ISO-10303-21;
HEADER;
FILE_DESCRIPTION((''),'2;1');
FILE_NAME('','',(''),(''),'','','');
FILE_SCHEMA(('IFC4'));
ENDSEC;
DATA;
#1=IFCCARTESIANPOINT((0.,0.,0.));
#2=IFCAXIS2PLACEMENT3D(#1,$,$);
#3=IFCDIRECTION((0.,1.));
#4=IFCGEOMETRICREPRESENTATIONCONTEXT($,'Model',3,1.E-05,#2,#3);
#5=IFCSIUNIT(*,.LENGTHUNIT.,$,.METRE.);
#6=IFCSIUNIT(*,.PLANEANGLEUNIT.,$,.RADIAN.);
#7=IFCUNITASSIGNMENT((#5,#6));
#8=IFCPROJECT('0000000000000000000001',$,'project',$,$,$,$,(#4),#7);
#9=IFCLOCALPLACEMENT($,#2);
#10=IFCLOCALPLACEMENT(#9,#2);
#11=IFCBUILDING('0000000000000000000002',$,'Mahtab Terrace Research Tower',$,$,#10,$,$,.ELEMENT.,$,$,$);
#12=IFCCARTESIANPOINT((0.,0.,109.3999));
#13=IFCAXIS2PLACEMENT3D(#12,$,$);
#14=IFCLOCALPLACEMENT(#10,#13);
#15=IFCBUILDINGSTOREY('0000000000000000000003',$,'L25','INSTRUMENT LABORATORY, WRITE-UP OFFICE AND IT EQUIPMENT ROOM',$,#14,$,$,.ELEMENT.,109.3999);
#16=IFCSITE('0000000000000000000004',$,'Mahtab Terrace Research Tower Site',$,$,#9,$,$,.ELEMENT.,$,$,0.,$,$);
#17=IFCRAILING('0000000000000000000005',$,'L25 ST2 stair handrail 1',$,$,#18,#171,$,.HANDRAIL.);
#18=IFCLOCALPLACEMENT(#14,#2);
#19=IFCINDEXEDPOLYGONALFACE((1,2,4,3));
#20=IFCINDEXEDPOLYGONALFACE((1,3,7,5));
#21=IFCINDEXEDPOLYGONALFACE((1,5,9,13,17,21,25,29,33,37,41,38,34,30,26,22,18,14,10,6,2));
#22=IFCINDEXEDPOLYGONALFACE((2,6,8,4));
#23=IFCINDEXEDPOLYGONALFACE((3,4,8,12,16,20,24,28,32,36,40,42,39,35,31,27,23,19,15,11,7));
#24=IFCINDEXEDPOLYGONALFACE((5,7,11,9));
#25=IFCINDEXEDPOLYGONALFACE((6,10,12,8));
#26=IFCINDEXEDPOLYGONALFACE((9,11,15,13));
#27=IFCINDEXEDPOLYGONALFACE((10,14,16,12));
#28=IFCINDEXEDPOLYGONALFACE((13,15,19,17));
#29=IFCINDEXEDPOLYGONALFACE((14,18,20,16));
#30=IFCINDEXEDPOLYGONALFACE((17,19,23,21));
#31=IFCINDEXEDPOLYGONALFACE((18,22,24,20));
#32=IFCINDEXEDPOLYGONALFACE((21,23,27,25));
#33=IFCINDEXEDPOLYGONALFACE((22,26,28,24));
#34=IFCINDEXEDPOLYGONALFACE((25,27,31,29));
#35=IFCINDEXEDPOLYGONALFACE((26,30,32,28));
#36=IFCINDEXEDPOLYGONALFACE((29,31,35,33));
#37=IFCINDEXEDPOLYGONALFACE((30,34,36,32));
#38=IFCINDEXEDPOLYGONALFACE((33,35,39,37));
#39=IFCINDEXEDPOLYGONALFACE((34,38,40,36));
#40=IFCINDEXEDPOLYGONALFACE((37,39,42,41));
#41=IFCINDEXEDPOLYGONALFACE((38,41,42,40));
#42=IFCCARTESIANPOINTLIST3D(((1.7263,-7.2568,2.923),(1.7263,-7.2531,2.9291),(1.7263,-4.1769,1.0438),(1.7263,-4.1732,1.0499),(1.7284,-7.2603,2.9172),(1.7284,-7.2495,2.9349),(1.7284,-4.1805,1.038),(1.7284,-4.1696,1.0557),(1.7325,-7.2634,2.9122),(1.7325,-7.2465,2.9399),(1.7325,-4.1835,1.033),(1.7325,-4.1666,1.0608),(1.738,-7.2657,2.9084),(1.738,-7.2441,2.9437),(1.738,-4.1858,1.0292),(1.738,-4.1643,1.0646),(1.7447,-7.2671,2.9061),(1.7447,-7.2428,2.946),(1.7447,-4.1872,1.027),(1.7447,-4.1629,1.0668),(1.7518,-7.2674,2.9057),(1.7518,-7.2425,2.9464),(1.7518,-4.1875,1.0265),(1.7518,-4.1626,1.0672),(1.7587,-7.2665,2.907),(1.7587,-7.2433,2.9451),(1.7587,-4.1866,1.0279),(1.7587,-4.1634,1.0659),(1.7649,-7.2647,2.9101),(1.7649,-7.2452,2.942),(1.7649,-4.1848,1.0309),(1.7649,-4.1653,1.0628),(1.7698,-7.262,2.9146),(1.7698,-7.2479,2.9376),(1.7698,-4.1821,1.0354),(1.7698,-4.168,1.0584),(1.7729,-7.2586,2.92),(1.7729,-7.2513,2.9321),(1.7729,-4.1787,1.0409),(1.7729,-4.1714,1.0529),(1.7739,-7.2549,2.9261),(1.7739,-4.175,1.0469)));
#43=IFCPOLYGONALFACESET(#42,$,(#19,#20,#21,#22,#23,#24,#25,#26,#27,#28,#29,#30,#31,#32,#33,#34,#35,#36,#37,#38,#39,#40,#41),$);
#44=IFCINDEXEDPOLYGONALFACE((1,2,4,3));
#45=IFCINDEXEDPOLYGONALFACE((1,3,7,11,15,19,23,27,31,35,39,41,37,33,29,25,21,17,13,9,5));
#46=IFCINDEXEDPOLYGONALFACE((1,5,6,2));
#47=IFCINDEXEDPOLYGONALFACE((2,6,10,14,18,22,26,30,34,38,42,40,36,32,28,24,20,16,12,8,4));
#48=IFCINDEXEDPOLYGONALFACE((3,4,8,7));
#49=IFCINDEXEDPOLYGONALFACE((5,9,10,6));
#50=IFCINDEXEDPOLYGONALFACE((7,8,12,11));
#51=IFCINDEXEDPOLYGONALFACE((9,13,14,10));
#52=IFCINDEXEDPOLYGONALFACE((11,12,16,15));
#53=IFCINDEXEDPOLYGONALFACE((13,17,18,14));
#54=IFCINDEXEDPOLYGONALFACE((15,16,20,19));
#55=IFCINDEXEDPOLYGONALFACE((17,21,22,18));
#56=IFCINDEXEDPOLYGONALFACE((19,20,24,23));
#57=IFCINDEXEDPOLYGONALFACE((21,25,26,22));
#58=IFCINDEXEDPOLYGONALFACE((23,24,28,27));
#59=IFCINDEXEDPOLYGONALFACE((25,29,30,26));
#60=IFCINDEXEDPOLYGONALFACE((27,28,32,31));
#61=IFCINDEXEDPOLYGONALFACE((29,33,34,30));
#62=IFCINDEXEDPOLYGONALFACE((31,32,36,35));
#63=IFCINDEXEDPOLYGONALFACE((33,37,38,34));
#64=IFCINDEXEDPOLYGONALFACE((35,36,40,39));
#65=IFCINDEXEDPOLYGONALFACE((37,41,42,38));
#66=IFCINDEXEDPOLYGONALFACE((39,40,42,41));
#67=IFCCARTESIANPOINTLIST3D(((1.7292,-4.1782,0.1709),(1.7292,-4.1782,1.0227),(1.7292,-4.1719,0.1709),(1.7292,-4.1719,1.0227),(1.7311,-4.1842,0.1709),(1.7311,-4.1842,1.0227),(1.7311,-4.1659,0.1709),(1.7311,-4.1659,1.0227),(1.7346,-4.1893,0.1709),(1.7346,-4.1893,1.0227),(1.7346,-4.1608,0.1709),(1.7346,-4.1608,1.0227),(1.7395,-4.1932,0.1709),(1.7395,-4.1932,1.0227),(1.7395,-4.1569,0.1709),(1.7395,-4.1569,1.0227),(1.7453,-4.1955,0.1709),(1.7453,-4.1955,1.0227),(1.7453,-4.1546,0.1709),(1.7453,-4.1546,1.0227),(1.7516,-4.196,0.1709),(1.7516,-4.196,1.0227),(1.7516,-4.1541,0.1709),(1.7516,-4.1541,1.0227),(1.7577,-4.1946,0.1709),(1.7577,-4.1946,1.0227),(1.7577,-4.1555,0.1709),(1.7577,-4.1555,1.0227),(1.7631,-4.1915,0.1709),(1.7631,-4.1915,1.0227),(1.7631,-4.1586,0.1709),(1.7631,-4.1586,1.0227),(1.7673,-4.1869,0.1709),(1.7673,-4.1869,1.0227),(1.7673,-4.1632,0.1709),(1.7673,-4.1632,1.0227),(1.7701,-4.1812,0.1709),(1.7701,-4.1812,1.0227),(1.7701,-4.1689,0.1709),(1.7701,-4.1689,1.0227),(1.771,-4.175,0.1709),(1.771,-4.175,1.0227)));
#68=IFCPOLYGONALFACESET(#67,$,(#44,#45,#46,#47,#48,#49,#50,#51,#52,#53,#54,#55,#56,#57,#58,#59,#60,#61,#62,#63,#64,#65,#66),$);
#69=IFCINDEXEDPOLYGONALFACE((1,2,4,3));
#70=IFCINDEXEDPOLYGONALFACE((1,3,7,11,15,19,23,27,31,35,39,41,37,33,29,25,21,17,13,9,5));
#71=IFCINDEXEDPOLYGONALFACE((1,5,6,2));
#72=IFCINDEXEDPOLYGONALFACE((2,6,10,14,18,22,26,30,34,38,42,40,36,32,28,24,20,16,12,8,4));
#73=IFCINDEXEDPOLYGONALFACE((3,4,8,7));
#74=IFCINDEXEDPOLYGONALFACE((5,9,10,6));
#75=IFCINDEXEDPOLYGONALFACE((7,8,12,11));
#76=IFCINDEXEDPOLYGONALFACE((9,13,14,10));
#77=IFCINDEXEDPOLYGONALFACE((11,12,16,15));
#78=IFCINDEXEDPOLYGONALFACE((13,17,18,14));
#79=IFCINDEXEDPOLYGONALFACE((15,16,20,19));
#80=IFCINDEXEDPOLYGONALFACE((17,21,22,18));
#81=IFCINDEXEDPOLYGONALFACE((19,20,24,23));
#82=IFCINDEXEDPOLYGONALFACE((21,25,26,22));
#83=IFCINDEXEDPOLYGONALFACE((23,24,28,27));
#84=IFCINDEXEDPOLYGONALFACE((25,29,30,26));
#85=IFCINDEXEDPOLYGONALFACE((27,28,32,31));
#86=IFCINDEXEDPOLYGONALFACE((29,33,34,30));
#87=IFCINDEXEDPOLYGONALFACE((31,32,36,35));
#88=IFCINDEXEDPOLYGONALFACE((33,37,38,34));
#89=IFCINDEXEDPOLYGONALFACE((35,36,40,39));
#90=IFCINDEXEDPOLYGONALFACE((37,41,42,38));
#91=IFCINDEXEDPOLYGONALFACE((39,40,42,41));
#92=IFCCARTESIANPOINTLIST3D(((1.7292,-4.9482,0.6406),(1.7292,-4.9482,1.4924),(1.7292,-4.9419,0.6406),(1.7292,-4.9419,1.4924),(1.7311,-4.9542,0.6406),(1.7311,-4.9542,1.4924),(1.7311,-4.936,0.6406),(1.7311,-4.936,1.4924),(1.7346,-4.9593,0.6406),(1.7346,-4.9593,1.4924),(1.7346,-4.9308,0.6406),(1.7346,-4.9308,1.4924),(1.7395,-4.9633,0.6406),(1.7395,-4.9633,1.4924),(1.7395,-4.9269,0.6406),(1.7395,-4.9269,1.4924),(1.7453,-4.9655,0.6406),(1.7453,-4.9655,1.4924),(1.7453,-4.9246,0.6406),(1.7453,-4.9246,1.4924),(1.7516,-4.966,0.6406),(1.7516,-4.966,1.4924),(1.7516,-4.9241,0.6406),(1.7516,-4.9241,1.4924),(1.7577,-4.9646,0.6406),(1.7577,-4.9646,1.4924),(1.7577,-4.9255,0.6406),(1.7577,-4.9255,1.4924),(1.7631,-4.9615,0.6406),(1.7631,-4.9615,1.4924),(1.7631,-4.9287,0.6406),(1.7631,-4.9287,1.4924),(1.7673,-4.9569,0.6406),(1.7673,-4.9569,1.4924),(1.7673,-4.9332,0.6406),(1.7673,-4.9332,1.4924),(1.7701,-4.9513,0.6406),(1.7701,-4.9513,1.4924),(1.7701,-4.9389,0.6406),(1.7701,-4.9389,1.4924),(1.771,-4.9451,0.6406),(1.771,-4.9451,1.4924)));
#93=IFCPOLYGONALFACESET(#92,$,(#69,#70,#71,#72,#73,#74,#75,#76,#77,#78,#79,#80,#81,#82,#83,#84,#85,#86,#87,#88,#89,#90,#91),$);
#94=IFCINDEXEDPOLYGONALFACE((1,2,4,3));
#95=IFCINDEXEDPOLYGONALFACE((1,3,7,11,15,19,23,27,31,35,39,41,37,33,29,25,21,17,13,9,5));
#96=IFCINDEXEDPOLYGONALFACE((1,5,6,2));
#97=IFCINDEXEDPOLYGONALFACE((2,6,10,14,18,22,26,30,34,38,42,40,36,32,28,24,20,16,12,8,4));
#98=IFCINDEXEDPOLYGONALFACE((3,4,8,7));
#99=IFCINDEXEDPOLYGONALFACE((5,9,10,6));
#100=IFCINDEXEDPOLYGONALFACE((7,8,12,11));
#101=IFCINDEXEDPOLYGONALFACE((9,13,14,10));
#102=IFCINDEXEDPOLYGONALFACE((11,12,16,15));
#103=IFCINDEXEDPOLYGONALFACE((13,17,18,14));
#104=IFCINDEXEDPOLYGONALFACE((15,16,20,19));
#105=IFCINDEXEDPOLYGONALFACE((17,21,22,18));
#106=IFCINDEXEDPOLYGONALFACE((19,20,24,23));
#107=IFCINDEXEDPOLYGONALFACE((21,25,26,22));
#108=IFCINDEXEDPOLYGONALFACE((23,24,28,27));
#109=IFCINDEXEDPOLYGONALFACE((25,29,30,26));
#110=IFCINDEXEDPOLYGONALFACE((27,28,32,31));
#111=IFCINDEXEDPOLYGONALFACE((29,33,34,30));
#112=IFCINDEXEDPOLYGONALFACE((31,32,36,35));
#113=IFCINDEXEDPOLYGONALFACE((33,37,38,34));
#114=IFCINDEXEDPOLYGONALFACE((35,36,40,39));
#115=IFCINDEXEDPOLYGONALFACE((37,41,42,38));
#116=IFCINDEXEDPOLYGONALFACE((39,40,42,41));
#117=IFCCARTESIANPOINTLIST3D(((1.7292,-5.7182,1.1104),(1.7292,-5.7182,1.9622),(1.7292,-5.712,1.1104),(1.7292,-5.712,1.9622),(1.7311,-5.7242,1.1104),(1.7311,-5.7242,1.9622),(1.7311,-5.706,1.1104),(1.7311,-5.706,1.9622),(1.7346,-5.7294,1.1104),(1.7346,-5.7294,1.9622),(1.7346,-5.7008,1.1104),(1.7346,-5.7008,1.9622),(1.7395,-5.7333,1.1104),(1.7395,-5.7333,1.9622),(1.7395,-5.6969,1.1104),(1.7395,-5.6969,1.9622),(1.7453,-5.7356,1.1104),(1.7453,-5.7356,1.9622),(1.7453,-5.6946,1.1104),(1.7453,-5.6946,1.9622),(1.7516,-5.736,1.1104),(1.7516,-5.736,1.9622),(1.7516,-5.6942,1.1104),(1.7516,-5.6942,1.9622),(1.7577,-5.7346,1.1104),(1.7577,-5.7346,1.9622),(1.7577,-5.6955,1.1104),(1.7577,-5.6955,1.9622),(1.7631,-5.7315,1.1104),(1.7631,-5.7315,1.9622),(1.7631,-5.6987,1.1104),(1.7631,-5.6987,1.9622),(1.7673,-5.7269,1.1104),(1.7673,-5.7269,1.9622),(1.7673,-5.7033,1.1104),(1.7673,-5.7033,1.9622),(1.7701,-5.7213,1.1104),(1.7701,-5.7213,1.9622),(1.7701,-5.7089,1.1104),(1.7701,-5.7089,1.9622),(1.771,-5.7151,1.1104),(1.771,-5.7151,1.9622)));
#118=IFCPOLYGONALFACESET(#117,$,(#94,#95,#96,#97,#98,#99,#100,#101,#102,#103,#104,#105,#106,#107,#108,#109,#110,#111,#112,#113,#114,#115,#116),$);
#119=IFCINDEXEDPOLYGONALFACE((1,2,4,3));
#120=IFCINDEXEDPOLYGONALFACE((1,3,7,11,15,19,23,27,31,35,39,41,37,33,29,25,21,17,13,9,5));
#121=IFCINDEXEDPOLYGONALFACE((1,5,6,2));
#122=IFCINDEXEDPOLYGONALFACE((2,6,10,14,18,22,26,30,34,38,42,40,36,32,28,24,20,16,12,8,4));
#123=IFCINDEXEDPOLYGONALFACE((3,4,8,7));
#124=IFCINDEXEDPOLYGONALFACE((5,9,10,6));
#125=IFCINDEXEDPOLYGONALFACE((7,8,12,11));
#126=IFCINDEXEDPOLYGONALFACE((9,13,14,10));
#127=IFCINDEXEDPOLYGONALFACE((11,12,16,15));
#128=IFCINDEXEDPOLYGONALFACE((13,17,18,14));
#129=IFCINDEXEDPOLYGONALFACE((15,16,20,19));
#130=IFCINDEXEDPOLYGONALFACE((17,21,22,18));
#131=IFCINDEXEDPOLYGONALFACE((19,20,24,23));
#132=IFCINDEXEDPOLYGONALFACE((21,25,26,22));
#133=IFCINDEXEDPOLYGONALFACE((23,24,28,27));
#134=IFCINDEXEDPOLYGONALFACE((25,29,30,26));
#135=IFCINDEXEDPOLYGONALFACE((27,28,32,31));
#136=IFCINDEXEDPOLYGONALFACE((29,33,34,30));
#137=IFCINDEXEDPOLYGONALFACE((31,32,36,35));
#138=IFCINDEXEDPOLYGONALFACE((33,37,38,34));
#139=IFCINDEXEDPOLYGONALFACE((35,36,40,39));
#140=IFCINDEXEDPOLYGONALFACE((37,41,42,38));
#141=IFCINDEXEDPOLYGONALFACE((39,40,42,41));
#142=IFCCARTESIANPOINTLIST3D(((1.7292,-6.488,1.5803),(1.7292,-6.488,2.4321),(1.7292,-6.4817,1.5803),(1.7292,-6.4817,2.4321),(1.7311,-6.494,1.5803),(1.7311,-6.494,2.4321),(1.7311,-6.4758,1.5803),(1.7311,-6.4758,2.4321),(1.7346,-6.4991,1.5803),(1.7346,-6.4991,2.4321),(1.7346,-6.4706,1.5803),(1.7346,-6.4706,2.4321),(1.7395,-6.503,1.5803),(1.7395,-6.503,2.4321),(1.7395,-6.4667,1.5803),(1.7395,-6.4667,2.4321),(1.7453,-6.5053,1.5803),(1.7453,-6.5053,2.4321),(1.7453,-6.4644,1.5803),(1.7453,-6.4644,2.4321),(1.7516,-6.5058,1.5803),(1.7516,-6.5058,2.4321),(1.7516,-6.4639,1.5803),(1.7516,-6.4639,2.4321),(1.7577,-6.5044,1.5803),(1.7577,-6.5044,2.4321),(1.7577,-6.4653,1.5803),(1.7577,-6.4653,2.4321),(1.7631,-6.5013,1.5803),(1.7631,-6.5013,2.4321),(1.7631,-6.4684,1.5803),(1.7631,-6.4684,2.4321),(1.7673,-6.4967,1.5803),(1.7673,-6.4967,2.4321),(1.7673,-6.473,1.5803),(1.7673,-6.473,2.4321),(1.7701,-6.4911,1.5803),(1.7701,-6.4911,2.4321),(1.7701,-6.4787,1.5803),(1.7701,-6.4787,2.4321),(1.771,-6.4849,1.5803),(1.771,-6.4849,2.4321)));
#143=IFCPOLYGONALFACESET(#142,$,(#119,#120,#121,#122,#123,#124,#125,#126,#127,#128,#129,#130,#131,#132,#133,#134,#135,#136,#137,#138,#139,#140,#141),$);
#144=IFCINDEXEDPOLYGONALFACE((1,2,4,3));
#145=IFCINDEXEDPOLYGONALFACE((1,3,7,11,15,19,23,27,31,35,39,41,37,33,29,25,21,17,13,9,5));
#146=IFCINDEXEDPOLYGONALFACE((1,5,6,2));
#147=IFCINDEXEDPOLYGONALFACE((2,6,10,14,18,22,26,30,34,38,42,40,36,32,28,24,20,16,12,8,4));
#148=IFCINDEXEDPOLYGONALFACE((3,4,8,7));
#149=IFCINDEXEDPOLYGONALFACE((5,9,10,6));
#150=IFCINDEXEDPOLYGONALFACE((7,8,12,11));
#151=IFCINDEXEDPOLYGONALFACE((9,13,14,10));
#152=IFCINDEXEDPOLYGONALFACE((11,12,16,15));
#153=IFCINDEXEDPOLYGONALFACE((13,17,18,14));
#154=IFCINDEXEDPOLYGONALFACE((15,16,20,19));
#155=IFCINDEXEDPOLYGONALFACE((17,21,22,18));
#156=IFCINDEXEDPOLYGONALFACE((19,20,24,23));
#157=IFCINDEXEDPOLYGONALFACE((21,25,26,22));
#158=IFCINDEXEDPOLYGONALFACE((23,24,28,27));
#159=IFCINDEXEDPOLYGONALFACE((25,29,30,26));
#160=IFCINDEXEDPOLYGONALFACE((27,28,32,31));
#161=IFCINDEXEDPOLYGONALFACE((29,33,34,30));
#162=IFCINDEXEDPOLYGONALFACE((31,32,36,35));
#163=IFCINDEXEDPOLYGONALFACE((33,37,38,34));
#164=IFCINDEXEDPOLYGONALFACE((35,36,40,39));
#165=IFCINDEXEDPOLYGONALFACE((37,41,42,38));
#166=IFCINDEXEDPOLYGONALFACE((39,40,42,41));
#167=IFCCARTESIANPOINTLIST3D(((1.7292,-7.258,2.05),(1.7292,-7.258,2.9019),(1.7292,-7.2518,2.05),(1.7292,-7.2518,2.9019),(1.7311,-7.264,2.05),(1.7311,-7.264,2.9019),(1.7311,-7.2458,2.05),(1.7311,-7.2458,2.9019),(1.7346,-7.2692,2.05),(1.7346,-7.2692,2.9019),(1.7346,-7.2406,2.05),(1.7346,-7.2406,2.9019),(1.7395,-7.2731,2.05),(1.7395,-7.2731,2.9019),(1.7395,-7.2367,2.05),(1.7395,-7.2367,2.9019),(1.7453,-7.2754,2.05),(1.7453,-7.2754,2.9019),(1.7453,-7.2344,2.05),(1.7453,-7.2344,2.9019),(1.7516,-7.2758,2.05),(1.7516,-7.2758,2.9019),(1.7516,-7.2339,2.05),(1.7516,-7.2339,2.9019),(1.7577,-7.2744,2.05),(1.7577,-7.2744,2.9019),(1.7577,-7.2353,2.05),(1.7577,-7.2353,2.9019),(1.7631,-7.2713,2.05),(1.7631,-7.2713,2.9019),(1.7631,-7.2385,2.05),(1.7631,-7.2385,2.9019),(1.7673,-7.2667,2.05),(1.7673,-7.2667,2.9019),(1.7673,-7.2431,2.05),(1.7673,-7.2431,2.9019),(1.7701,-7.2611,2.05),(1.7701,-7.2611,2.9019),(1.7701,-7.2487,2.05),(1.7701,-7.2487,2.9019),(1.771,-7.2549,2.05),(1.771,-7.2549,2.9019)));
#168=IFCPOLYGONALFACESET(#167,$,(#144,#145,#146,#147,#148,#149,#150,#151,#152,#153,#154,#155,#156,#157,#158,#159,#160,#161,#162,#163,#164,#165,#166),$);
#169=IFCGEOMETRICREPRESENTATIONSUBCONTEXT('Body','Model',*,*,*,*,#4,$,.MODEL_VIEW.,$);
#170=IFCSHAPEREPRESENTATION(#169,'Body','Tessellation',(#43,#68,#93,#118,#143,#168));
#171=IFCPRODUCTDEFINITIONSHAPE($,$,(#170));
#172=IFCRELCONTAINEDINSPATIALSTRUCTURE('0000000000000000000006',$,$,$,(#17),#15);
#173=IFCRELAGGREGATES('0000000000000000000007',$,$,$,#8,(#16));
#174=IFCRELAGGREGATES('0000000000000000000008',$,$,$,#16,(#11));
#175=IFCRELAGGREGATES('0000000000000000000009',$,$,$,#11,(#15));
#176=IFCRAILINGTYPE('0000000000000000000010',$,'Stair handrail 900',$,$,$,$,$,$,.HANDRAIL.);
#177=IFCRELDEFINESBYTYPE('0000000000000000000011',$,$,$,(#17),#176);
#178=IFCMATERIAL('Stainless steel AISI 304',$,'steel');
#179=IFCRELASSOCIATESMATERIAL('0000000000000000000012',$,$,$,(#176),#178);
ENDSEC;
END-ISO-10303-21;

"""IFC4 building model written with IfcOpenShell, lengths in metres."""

from ifc_helpers import new_model, si_unit, direction, frame, origin, origin_2d, place, context, subcontext, project, spatial, circle, extrude, material, type_object, element, save


model = new_model("IFC4")

# Units and contexts
model_context = context("Model", 3, precision=1e-05, world=origin(), true_north=direction((0.0, 1.0)))
body_context = subcontext(model_context, "Body", "Model", "MODEL_VIEW")
ifc_project = project(units=[si_unit("LENGTHUNIT", "METRE"), si_unit("PLANEANGLEUNIT", "RADIAN")], contexts=[model_context])

# Site, building, storey
site_placement = place(None, origin())
site = spatial("IfcSite", under=ifc_project, at=site_placement, Name="Mahtab Terrace Research Tower Site", CompositionType="ELEMENT", RefElevation=0.0)
building_placement = place(site_placement, origin())
building = spatial("IfcBuilding", under=site, at=building_placement, Name="Mahtab Terrace Research Tower", CompositionType="ELEMENT")
storey_placement = place(building_placement, frame((0.0, 0.0, 109.3999)))
storey = spatial("IfcBuildingStorey", under=building, at=storey_placement, Name="L25", Description="INSTRUMENT LABORATORY, WRITE-UP OFFICE AND IT EQUIPMENT ROOM", CompositionType="ELEMENT", Elevation=109.3999)

# Railing
ifc_material_1 = material(Name="Stainless steel AISI 304", Category="steel")
railing_type_1 = type_object("IfcRailingType", Name="Stair handrail 900", PredefinedType="HANDRAIL", material=ifc_material_1)
railing_1_placement = place(storey_placement, frame((1.75, -4.175, 0.1709)))
element("IfcRailing", 1, at=railing_1_placement, inside=storey, type_object=railing_type_1, Name="L25 ST2 stair handrail 1", PredefinedType="HANDRAIL", context=body_context, shape_type="SweptSolid", body=[
    extrude(circle(Radius=0.0239, at=origin_2d()), frame((0.0, 0.0, 0.876), z_axis=(0.0, -0.853648, 0.52085), x_axis=(1.0, 0.0, 0.0)), (0.0, 0.0, 1.0), 3.6079),
    extrude(circle(Radius=0.021, at=origin_2d()), origin(), (0.0, 0.0, 1.0), 0.8518),
    extrude(circle(Radius=0.021, at=origin_2d()), frame((0.0, -0.77, 0.4697)), (0.0, 0.0, 1.0), 0.8518),
    extrude(circle(Radius=0.021, at=origin_2d()), frame((0.0, -1.54, 0.9395)), (0.0, 0.0, 1.0), 0.8518),
    extrude(circle(Radius=0.021, at=origin_2d()), frame((0.0, -2.3098, 1.4094)), (0.0, 0.0, 1.0), 0.8518),
    extrude(circle(Radius=0.021, at=origin_2d()), frame((0.0, -3.0798, 1.8792)), (0.0, 0.0, 1.0), 0.8518),
])

save(model, "model.ifc")
